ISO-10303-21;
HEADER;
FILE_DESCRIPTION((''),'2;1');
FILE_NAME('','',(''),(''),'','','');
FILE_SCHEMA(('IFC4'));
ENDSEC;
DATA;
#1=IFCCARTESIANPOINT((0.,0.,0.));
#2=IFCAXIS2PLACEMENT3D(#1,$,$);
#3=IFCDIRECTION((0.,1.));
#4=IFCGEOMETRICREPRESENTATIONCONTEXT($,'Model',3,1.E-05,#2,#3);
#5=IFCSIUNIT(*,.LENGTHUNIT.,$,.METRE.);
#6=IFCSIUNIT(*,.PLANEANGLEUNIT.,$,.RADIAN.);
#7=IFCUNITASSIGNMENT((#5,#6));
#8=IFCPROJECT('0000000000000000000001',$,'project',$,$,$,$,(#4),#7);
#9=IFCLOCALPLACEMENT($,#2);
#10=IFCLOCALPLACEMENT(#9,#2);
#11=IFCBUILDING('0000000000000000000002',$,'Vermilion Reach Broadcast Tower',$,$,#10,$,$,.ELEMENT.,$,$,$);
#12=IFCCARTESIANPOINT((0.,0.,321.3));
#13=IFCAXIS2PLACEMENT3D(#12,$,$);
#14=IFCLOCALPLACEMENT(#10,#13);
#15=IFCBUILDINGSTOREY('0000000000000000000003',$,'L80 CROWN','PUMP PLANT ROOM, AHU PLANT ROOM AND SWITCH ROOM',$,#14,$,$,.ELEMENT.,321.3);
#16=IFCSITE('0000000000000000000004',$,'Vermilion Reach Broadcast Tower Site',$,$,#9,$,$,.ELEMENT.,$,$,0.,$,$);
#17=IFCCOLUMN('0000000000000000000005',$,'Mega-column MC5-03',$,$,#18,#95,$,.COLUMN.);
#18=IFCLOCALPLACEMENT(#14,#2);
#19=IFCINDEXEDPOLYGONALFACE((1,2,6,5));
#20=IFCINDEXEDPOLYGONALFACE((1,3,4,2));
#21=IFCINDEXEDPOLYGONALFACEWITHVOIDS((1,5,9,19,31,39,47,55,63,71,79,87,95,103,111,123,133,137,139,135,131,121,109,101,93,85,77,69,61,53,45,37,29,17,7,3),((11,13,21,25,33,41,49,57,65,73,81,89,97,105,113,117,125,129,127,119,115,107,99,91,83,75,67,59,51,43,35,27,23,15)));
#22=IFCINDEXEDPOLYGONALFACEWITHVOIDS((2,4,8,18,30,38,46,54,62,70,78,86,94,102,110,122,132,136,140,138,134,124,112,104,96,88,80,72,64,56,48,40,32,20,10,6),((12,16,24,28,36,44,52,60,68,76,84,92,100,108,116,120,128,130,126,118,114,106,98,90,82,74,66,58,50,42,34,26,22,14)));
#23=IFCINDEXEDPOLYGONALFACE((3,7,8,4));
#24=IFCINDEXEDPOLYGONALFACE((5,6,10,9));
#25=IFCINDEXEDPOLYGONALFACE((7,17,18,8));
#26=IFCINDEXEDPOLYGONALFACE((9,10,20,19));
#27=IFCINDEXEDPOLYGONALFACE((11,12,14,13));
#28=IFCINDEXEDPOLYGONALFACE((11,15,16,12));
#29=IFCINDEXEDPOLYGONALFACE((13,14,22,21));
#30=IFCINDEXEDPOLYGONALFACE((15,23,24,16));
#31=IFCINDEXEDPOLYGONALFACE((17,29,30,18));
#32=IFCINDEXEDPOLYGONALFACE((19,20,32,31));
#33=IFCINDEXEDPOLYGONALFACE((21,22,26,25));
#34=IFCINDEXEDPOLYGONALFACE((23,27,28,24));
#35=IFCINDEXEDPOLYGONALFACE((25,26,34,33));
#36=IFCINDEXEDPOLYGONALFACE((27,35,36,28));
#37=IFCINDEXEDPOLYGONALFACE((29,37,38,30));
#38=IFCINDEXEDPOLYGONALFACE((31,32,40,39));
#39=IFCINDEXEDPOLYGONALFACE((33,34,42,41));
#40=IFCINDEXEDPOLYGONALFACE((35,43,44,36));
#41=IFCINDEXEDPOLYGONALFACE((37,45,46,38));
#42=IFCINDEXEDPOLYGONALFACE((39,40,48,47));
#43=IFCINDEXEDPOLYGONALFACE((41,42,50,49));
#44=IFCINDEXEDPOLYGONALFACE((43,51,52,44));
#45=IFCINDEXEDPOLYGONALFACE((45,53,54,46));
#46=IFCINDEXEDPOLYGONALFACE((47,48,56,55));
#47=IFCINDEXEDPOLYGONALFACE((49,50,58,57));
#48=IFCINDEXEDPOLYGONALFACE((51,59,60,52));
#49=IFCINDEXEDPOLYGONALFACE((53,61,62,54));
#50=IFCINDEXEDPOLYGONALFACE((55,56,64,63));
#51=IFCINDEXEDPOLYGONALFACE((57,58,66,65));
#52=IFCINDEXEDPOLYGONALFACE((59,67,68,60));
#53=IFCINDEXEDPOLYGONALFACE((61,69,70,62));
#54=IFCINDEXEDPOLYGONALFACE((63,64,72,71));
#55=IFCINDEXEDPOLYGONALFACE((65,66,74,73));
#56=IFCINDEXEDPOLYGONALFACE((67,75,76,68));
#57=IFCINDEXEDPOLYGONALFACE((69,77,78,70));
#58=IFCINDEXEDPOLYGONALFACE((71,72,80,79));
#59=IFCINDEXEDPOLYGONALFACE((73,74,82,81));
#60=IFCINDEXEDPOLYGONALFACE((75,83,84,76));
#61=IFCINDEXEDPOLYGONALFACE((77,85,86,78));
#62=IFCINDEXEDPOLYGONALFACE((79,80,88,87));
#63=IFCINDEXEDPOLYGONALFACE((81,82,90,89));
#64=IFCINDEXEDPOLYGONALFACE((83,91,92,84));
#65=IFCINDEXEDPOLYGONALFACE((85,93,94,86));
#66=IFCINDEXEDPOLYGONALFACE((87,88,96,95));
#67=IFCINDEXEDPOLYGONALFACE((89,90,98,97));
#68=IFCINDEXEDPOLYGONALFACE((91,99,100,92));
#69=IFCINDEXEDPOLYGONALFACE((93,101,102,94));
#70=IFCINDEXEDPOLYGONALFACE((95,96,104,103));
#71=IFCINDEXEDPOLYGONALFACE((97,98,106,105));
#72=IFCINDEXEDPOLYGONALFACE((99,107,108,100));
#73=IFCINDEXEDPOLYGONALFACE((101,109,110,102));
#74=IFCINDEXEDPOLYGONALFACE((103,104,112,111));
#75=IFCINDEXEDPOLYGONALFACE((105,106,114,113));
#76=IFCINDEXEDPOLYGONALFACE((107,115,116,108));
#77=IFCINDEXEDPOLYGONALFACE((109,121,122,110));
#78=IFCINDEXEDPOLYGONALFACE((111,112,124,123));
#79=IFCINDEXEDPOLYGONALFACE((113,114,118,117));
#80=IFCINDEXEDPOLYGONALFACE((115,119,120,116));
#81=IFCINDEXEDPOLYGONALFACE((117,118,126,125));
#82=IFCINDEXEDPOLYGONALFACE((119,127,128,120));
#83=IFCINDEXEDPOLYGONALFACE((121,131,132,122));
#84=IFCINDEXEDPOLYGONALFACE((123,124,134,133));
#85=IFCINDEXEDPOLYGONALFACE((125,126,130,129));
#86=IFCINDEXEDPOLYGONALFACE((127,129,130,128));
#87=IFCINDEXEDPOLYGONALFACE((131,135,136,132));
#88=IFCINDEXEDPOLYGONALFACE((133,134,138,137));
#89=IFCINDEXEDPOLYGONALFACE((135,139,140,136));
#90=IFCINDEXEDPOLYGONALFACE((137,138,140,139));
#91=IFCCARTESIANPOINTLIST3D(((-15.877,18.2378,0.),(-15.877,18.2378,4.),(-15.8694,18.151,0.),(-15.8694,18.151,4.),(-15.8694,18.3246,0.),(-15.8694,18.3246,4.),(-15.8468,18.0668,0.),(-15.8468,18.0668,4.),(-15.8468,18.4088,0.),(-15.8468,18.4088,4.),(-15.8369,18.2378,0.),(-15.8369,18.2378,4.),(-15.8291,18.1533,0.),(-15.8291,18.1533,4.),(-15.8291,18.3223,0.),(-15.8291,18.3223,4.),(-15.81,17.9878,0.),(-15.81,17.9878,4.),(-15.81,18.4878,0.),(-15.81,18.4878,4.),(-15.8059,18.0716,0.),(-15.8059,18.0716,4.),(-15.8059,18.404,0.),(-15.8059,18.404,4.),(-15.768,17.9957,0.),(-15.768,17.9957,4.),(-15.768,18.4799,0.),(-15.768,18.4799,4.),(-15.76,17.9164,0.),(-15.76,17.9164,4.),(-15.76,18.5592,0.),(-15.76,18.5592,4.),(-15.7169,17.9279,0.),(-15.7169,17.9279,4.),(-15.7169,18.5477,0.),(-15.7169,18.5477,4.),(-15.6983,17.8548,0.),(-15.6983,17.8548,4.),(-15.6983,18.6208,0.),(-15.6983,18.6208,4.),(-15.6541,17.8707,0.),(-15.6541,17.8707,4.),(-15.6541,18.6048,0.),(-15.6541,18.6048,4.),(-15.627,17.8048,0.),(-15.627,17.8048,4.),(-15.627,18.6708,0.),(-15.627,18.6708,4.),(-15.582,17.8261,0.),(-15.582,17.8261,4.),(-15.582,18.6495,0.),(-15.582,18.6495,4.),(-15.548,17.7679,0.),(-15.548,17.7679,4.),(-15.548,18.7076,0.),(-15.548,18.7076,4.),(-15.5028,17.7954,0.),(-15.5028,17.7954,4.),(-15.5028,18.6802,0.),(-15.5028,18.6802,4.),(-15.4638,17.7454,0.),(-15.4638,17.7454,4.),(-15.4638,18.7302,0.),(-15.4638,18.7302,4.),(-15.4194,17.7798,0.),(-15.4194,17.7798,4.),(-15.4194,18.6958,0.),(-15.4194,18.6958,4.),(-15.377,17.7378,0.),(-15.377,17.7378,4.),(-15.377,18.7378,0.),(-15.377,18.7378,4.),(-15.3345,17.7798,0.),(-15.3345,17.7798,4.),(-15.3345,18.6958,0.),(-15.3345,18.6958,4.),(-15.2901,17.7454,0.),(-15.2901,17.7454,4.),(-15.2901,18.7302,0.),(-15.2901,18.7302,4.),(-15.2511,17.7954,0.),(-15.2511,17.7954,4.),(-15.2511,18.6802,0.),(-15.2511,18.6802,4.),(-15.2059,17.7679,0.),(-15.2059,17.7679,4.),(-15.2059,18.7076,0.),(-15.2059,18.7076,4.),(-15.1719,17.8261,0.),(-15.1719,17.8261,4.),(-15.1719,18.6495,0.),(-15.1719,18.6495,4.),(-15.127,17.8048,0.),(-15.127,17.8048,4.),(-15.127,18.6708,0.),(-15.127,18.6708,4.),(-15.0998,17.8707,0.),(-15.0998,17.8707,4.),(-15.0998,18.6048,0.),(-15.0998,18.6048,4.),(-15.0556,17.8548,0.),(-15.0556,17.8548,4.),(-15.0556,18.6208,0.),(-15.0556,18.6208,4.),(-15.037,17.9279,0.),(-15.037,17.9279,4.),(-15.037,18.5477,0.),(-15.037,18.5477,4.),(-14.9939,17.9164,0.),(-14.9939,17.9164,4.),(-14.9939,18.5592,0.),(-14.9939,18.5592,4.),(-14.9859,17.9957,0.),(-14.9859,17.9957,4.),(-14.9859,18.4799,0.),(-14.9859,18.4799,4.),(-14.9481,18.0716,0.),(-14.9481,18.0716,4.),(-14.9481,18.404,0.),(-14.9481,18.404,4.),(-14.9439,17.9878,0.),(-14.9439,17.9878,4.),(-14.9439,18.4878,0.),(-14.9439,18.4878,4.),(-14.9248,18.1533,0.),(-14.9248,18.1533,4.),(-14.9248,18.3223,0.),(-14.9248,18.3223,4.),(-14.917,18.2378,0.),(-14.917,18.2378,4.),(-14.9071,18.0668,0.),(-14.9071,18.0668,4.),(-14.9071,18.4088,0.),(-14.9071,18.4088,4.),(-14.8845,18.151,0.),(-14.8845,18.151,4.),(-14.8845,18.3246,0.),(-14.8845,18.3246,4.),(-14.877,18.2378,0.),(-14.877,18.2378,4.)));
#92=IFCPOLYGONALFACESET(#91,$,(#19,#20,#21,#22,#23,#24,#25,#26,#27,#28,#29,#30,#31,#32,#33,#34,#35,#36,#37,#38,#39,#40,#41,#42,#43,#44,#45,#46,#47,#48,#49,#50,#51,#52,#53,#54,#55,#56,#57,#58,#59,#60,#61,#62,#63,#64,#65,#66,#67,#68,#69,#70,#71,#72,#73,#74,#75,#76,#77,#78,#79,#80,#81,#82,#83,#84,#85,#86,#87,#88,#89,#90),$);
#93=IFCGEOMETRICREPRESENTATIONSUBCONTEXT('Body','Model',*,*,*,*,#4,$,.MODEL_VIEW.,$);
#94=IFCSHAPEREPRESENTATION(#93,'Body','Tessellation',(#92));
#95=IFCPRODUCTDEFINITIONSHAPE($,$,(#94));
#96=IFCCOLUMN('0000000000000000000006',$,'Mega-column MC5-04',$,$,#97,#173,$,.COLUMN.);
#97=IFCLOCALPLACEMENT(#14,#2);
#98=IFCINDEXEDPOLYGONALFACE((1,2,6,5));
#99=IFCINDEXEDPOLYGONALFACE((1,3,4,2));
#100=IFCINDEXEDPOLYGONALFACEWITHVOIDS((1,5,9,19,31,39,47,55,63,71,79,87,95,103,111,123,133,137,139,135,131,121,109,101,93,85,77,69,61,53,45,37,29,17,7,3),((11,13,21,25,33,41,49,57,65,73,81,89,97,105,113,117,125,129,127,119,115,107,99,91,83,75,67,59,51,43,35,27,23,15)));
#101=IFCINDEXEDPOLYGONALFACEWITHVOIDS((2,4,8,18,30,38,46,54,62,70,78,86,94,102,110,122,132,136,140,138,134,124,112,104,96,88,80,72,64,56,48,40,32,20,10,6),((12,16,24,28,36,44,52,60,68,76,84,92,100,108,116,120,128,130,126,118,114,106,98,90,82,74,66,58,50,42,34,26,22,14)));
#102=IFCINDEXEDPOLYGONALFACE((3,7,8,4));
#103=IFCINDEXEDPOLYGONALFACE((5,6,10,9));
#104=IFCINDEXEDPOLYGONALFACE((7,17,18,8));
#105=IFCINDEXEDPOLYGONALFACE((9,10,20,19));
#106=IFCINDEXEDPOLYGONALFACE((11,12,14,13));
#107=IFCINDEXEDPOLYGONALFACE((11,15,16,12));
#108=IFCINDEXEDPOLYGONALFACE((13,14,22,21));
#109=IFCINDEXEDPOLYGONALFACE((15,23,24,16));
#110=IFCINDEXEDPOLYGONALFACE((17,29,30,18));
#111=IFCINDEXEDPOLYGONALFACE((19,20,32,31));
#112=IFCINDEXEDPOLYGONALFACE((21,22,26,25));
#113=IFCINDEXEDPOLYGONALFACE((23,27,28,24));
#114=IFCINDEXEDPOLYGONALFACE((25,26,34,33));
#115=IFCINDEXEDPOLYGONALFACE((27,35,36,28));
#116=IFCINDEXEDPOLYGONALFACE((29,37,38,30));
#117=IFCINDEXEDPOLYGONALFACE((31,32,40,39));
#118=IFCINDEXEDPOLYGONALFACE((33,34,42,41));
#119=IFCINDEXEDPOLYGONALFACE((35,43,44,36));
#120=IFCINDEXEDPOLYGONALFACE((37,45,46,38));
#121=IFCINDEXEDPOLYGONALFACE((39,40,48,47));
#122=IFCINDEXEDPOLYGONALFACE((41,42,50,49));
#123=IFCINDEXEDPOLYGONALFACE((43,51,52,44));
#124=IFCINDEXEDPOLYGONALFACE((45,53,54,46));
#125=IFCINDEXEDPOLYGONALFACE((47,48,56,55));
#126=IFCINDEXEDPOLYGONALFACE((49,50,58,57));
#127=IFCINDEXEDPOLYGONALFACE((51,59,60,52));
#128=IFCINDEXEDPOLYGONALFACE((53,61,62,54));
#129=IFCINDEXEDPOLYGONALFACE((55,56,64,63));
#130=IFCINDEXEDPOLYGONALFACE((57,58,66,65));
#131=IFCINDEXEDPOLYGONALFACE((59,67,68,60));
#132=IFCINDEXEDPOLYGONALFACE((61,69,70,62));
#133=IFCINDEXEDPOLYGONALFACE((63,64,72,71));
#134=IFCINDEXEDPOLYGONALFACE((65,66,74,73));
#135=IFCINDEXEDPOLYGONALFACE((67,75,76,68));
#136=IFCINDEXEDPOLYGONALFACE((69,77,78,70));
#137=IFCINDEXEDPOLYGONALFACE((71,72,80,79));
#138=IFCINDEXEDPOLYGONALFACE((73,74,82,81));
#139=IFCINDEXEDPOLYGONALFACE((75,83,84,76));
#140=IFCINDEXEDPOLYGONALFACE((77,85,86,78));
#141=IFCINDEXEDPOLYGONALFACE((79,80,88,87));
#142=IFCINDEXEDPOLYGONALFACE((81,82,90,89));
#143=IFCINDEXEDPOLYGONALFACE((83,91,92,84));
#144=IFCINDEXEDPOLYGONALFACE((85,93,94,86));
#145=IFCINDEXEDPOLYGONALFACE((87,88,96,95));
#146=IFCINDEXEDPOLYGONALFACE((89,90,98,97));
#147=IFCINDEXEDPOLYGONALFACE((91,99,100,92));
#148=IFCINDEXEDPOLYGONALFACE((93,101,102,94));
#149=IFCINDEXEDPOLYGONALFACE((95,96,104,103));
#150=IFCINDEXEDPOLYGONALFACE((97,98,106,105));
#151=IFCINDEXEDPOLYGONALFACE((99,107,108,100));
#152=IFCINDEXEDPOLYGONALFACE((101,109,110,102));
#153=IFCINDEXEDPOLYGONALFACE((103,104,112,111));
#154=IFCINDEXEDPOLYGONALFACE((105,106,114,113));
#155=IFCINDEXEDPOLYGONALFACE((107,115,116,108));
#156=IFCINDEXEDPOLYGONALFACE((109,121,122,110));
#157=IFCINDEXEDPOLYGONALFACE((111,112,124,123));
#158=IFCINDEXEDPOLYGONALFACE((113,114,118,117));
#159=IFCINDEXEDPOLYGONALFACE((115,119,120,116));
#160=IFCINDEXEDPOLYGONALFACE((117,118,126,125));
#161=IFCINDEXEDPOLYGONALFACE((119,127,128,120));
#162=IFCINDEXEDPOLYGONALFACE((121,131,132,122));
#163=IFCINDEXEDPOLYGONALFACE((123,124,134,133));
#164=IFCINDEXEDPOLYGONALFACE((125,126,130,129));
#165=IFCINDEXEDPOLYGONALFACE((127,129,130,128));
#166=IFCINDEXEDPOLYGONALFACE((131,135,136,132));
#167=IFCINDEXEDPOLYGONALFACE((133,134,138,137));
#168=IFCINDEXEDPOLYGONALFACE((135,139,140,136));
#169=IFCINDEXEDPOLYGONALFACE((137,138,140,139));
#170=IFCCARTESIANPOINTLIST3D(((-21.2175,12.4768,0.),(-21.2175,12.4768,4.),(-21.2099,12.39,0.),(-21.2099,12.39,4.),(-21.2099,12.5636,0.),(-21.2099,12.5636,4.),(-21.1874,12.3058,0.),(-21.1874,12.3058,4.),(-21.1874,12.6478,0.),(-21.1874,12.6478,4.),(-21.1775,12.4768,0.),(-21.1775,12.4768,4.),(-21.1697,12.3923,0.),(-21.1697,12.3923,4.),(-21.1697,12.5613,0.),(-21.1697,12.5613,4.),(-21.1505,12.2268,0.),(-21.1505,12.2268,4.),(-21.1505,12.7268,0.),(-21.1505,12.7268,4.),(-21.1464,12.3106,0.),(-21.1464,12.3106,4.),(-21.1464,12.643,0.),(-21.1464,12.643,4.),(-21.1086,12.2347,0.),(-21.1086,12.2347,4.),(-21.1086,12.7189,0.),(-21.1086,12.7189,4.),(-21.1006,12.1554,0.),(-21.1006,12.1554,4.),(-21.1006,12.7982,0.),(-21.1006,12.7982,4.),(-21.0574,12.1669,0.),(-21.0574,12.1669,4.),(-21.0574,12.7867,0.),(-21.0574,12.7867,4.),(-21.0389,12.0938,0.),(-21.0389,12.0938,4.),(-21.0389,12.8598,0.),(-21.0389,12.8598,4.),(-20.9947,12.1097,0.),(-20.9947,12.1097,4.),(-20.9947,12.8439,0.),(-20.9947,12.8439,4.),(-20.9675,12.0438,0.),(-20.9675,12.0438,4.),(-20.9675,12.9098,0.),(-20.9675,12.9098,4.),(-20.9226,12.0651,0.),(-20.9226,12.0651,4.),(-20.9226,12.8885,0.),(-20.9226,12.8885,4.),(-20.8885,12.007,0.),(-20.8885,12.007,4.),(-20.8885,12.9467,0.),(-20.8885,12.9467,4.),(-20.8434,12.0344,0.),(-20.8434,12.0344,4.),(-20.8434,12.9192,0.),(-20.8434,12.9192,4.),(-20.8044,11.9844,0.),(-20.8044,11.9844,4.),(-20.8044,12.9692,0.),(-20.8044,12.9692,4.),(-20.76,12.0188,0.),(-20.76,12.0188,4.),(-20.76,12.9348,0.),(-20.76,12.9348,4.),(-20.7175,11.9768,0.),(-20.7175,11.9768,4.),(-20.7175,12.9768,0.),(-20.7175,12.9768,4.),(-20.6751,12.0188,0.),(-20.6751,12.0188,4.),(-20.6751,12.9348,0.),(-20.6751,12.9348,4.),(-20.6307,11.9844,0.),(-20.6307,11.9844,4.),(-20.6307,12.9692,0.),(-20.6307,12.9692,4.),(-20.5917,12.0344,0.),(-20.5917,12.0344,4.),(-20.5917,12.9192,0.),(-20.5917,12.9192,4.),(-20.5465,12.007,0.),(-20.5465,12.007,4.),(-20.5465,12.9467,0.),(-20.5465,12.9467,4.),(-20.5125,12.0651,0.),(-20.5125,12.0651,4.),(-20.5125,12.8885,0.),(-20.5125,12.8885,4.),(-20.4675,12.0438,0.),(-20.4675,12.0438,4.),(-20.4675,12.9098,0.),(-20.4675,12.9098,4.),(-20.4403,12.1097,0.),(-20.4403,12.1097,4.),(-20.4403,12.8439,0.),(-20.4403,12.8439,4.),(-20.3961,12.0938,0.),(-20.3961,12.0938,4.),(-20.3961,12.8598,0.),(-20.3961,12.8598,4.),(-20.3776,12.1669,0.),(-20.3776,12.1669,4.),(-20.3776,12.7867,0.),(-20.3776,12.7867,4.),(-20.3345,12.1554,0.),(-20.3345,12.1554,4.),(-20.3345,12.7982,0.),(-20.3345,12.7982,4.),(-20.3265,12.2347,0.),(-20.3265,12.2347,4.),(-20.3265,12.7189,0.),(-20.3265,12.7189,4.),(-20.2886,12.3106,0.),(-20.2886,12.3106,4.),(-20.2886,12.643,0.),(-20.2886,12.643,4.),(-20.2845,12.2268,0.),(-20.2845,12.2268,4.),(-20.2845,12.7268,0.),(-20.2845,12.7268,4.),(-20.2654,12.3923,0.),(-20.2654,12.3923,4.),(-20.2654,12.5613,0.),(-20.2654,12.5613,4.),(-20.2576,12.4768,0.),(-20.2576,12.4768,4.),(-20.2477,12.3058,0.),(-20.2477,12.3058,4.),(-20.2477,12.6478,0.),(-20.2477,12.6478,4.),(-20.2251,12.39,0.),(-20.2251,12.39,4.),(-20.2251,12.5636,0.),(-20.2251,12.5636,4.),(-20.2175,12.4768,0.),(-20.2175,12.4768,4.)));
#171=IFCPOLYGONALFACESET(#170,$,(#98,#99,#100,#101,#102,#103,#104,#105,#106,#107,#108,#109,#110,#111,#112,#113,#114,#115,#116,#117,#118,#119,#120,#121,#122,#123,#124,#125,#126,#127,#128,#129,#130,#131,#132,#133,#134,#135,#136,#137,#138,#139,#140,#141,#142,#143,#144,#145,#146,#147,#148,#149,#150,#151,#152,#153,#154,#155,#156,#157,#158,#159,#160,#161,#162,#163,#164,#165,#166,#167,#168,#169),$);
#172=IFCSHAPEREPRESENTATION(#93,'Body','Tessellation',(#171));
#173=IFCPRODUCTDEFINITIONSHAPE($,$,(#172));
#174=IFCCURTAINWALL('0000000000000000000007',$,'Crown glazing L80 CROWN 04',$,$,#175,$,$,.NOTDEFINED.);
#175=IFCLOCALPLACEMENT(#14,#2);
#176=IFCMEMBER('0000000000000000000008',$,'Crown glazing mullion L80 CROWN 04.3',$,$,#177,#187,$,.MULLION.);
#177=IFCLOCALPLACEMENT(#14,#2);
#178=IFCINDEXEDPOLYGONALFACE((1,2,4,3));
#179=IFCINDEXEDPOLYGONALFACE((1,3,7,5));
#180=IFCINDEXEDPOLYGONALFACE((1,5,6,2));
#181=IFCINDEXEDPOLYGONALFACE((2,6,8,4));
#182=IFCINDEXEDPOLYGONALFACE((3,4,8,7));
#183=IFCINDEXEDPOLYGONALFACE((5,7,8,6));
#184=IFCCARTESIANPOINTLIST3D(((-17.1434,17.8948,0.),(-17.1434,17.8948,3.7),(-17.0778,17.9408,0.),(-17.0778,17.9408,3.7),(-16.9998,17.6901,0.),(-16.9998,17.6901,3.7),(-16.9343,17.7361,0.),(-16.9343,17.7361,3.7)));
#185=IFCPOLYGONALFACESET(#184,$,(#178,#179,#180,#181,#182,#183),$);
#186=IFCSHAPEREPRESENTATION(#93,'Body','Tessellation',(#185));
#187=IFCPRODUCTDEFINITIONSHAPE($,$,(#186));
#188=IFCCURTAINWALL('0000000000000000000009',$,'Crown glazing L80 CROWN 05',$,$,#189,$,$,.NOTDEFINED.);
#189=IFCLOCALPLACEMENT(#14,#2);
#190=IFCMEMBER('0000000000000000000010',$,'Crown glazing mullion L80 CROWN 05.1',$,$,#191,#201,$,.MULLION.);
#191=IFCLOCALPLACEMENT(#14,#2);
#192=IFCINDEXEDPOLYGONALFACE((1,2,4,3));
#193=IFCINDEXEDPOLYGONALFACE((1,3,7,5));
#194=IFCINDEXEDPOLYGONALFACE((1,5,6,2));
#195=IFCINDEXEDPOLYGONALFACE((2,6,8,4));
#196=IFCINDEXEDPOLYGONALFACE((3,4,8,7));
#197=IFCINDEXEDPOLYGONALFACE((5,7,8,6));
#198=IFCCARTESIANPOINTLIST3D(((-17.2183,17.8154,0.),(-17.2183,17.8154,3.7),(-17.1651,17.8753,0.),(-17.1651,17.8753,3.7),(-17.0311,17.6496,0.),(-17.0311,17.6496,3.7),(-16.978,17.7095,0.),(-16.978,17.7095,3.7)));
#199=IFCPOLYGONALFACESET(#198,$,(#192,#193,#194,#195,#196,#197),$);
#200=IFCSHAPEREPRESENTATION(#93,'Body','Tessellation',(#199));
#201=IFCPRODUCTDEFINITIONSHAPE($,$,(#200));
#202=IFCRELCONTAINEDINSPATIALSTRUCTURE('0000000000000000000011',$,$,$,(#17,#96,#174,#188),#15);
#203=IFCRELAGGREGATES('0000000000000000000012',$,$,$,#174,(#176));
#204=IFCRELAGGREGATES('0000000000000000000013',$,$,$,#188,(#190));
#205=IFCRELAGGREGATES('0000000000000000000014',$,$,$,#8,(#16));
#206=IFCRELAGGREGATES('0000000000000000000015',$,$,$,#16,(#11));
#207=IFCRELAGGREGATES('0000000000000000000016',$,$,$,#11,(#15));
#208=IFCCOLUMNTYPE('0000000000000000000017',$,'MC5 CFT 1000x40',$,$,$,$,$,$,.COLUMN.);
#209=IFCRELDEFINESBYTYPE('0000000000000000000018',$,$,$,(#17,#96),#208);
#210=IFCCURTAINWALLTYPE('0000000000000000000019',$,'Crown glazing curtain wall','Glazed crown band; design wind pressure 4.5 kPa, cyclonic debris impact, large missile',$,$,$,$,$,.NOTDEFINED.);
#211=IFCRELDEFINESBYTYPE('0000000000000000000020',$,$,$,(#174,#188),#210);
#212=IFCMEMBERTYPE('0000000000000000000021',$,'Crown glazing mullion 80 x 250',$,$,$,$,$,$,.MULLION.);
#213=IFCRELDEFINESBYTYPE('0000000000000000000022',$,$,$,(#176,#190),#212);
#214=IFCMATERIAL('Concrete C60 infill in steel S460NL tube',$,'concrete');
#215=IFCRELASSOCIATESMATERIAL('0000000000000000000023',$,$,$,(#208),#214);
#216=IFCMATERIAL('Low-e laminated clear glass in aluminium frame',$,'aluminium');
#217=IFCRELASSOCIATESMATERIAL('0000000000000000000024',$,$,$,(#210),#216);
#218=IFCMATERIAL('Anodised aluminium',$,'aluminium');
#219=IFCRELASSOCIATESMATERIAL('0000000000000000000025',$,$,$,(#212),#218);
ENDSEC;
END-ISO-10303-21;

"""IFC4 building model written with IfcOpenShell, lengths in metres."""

from ifc_helpers import new_model, si_unit, direction, frame, origin, origin_2d, place, context, subcontext, project, spatial, rectangle, hollow_circle, extrude, material, material_profile, profile_set, type_object, element, aggregate, save


model = new_model("IFC4")

# Units and contexts
model_context = context("Model", 3, precision=1e-05, world=origin(), true_north=direction((0.0, 1.0)))
body_context = subcontext(model_context, "Body", "Model", "MODEL_VIEW")
ifc_project = project(units=[si_unit("LENGTHUNIT", "METRE"), si_unit("PLANEANGLEUNIT", "RADIAN")], contexts=[model_context])

# Site, building, storey
site_placement = place(None, origin())
site = spatial("IfcSite", under=ifc_project, at=site_placement, Name="Vermilion Reach Broadcast Tower Site", CompositionType="ELEMENT", RefElevation=0.0)
building_placement = place(site_placement, origin())
building = spatial("IfcBuilding", under=site, at=building_placement, Name="Vermilion Reach Broadcast Tower", CompositionType="ELEMENT")
storey_placement = place(building_placement, frame((0.0, 0.0, 321.3)))
storey = spatial("IfcBuildingStorey", under=building, at=storey_placement, Name="L80 CROWN", Description="PUMP PLANT ROOM, AHU PLANT ROOM AND SWITCH ROOM", CompositionType="ELEMENT", Elevation=321.3)

# Columns
ifc_material_1 = material(Name="Concrete C60 infill in steel S460NL tube", Category="concrete")
ifc_material_profile_1 = material_profile(ifc_material_1, hollow_circle(Radius=0.5, WallThickness=0.04, at=origin_2d()), Name="Concrete C60 infill in steel S460NL tube CFT 1000x40")
ifc_profile_set_1 = profile_set([ifc_material_profile_1], Name="Concrete C60 infill in steel S460NL tube")
column_type = type_object("IfcColumnType", Name="MC5 CFT 1000x40", PredefinedType="COLUMN", material=ifc_profile_set_1)
for number, where, z_axis, x_axis, name in (
    (1, (-15.377, 18.2378, 0.0), (0.0, 0.0, 1.0), (1.0, 0.0, 0.0), "Mega-column MC5-03"),
    (2, (-20.7175, 12.4768, 0.0), (0.0, 0.0, 1.0), (1.0, 0.0, 0.0), "Mega-column MC5-04"),
):
    element("IfcColumn", number, at=place(storey_placement, frame(where, z_axis=z_axis, x_axis=x_axis)), inside=storey, type_object=column_type, Name=name, PredefinedType="COLUMN", context=body_context, shape_type="SweptSolid", body=[
        extrude(hollow_circle(Radius=0.5, WallThickness=0.04, at=origin_2d()), origin(), (0.0, 0.0, 1.0), 4.0),
    ])

# Curtain wall, member
ifc_material_2 = material(Name="Low-e laminated clear glass in aluminium frame", Category="aluminium")
curtain_wall_type = type_object("IfcCurtainWallType", Name="Crown glazing curtain wall", Description="Glazed crown band; design wind pressure 4.5 kPa, cyclonic debris impact, large missile", PredefinedType="NOTDEFINED", material=ifc_material_2)
placement = place(storey_placement, origin())
curtain_wall_1 = element("IfcCurtainWall", 3, at=placement, inside=storey, type_object=curtain_wall_type, Name="Crown glazing L80 CROWN 04", PredefinedType="NOTDEFINED")
ifc_material_3 = material(Name="Anodised aluminium", Category="aluminium")
ifc_material_profile_2 = material_profile(ifc_material_3, rectangle(XDim=0.25, YDim=0.0801, at=origin_2d()), Name="Crown glazing mullion 80 x 250")
ifc_profile_set_2 = profile_set([ifc_material_profile_2], Name="Anodised aluminium")
member_type_1 = type_object("IfcMemberType", Name="Crown glazing mullion 80 x 250", PredefinedType="MULLION", material=ifc_profile_set_2)
member_1_placement = place(storey_placement, frame((-17.0388, 17.8154, 0.0), z_axis=(0.0, 0.0, 1.0), x_axis=(0.574164, -0.81874, 0.0)))
member_1 = element("IfcMember", 4, at=member_1_placement, type_object=member_type_1, Name="Crown glazing mullion L80 CROWN 04.3", PredefinedType="MULLION", context=body_context, shape_type="SweptSolid", body=[
    extrude(rectangle(XDim=0.25, YDim=0.0801, at=origin_2d()), origin(), (0.0, 0.0, 1.0), 3.7),
])

# Curtain wall, member
curtain_wall_2 = element("IfcCurtainWall", 5, at=placement, inside=storey, type_object=curtain_wall_type, Name="Crown glazing L80 CROWN 05", PredefinedType="NOTDEFINED")
member_2_placement = place(storey_placement, frame((-17.0981, 17.7625, 0.0), z_axis=(0.0, 0.0, 1.0), x_axis=(0.748408, -0.663239, 0.0)))
member_2 = element("IfcMember", 6, at=member_2_placement, type_object=member_type_1, Name="Crown glazing mullion L80 CROWN 05.1", PredefinedType="MULLION", context=body_context, shape_type="SweptSolid", body=[
    extrude(rectangle(XDim=0.25, YDim=0.0801, at=origin_2d()), origin(), (0.0, 0.0, 1.0), 3.7),
])

aggregate(curtain_wall_1, [member_1])
aggregate(curtain_wall_2, [member_2])

save(model, "model.ifc")
